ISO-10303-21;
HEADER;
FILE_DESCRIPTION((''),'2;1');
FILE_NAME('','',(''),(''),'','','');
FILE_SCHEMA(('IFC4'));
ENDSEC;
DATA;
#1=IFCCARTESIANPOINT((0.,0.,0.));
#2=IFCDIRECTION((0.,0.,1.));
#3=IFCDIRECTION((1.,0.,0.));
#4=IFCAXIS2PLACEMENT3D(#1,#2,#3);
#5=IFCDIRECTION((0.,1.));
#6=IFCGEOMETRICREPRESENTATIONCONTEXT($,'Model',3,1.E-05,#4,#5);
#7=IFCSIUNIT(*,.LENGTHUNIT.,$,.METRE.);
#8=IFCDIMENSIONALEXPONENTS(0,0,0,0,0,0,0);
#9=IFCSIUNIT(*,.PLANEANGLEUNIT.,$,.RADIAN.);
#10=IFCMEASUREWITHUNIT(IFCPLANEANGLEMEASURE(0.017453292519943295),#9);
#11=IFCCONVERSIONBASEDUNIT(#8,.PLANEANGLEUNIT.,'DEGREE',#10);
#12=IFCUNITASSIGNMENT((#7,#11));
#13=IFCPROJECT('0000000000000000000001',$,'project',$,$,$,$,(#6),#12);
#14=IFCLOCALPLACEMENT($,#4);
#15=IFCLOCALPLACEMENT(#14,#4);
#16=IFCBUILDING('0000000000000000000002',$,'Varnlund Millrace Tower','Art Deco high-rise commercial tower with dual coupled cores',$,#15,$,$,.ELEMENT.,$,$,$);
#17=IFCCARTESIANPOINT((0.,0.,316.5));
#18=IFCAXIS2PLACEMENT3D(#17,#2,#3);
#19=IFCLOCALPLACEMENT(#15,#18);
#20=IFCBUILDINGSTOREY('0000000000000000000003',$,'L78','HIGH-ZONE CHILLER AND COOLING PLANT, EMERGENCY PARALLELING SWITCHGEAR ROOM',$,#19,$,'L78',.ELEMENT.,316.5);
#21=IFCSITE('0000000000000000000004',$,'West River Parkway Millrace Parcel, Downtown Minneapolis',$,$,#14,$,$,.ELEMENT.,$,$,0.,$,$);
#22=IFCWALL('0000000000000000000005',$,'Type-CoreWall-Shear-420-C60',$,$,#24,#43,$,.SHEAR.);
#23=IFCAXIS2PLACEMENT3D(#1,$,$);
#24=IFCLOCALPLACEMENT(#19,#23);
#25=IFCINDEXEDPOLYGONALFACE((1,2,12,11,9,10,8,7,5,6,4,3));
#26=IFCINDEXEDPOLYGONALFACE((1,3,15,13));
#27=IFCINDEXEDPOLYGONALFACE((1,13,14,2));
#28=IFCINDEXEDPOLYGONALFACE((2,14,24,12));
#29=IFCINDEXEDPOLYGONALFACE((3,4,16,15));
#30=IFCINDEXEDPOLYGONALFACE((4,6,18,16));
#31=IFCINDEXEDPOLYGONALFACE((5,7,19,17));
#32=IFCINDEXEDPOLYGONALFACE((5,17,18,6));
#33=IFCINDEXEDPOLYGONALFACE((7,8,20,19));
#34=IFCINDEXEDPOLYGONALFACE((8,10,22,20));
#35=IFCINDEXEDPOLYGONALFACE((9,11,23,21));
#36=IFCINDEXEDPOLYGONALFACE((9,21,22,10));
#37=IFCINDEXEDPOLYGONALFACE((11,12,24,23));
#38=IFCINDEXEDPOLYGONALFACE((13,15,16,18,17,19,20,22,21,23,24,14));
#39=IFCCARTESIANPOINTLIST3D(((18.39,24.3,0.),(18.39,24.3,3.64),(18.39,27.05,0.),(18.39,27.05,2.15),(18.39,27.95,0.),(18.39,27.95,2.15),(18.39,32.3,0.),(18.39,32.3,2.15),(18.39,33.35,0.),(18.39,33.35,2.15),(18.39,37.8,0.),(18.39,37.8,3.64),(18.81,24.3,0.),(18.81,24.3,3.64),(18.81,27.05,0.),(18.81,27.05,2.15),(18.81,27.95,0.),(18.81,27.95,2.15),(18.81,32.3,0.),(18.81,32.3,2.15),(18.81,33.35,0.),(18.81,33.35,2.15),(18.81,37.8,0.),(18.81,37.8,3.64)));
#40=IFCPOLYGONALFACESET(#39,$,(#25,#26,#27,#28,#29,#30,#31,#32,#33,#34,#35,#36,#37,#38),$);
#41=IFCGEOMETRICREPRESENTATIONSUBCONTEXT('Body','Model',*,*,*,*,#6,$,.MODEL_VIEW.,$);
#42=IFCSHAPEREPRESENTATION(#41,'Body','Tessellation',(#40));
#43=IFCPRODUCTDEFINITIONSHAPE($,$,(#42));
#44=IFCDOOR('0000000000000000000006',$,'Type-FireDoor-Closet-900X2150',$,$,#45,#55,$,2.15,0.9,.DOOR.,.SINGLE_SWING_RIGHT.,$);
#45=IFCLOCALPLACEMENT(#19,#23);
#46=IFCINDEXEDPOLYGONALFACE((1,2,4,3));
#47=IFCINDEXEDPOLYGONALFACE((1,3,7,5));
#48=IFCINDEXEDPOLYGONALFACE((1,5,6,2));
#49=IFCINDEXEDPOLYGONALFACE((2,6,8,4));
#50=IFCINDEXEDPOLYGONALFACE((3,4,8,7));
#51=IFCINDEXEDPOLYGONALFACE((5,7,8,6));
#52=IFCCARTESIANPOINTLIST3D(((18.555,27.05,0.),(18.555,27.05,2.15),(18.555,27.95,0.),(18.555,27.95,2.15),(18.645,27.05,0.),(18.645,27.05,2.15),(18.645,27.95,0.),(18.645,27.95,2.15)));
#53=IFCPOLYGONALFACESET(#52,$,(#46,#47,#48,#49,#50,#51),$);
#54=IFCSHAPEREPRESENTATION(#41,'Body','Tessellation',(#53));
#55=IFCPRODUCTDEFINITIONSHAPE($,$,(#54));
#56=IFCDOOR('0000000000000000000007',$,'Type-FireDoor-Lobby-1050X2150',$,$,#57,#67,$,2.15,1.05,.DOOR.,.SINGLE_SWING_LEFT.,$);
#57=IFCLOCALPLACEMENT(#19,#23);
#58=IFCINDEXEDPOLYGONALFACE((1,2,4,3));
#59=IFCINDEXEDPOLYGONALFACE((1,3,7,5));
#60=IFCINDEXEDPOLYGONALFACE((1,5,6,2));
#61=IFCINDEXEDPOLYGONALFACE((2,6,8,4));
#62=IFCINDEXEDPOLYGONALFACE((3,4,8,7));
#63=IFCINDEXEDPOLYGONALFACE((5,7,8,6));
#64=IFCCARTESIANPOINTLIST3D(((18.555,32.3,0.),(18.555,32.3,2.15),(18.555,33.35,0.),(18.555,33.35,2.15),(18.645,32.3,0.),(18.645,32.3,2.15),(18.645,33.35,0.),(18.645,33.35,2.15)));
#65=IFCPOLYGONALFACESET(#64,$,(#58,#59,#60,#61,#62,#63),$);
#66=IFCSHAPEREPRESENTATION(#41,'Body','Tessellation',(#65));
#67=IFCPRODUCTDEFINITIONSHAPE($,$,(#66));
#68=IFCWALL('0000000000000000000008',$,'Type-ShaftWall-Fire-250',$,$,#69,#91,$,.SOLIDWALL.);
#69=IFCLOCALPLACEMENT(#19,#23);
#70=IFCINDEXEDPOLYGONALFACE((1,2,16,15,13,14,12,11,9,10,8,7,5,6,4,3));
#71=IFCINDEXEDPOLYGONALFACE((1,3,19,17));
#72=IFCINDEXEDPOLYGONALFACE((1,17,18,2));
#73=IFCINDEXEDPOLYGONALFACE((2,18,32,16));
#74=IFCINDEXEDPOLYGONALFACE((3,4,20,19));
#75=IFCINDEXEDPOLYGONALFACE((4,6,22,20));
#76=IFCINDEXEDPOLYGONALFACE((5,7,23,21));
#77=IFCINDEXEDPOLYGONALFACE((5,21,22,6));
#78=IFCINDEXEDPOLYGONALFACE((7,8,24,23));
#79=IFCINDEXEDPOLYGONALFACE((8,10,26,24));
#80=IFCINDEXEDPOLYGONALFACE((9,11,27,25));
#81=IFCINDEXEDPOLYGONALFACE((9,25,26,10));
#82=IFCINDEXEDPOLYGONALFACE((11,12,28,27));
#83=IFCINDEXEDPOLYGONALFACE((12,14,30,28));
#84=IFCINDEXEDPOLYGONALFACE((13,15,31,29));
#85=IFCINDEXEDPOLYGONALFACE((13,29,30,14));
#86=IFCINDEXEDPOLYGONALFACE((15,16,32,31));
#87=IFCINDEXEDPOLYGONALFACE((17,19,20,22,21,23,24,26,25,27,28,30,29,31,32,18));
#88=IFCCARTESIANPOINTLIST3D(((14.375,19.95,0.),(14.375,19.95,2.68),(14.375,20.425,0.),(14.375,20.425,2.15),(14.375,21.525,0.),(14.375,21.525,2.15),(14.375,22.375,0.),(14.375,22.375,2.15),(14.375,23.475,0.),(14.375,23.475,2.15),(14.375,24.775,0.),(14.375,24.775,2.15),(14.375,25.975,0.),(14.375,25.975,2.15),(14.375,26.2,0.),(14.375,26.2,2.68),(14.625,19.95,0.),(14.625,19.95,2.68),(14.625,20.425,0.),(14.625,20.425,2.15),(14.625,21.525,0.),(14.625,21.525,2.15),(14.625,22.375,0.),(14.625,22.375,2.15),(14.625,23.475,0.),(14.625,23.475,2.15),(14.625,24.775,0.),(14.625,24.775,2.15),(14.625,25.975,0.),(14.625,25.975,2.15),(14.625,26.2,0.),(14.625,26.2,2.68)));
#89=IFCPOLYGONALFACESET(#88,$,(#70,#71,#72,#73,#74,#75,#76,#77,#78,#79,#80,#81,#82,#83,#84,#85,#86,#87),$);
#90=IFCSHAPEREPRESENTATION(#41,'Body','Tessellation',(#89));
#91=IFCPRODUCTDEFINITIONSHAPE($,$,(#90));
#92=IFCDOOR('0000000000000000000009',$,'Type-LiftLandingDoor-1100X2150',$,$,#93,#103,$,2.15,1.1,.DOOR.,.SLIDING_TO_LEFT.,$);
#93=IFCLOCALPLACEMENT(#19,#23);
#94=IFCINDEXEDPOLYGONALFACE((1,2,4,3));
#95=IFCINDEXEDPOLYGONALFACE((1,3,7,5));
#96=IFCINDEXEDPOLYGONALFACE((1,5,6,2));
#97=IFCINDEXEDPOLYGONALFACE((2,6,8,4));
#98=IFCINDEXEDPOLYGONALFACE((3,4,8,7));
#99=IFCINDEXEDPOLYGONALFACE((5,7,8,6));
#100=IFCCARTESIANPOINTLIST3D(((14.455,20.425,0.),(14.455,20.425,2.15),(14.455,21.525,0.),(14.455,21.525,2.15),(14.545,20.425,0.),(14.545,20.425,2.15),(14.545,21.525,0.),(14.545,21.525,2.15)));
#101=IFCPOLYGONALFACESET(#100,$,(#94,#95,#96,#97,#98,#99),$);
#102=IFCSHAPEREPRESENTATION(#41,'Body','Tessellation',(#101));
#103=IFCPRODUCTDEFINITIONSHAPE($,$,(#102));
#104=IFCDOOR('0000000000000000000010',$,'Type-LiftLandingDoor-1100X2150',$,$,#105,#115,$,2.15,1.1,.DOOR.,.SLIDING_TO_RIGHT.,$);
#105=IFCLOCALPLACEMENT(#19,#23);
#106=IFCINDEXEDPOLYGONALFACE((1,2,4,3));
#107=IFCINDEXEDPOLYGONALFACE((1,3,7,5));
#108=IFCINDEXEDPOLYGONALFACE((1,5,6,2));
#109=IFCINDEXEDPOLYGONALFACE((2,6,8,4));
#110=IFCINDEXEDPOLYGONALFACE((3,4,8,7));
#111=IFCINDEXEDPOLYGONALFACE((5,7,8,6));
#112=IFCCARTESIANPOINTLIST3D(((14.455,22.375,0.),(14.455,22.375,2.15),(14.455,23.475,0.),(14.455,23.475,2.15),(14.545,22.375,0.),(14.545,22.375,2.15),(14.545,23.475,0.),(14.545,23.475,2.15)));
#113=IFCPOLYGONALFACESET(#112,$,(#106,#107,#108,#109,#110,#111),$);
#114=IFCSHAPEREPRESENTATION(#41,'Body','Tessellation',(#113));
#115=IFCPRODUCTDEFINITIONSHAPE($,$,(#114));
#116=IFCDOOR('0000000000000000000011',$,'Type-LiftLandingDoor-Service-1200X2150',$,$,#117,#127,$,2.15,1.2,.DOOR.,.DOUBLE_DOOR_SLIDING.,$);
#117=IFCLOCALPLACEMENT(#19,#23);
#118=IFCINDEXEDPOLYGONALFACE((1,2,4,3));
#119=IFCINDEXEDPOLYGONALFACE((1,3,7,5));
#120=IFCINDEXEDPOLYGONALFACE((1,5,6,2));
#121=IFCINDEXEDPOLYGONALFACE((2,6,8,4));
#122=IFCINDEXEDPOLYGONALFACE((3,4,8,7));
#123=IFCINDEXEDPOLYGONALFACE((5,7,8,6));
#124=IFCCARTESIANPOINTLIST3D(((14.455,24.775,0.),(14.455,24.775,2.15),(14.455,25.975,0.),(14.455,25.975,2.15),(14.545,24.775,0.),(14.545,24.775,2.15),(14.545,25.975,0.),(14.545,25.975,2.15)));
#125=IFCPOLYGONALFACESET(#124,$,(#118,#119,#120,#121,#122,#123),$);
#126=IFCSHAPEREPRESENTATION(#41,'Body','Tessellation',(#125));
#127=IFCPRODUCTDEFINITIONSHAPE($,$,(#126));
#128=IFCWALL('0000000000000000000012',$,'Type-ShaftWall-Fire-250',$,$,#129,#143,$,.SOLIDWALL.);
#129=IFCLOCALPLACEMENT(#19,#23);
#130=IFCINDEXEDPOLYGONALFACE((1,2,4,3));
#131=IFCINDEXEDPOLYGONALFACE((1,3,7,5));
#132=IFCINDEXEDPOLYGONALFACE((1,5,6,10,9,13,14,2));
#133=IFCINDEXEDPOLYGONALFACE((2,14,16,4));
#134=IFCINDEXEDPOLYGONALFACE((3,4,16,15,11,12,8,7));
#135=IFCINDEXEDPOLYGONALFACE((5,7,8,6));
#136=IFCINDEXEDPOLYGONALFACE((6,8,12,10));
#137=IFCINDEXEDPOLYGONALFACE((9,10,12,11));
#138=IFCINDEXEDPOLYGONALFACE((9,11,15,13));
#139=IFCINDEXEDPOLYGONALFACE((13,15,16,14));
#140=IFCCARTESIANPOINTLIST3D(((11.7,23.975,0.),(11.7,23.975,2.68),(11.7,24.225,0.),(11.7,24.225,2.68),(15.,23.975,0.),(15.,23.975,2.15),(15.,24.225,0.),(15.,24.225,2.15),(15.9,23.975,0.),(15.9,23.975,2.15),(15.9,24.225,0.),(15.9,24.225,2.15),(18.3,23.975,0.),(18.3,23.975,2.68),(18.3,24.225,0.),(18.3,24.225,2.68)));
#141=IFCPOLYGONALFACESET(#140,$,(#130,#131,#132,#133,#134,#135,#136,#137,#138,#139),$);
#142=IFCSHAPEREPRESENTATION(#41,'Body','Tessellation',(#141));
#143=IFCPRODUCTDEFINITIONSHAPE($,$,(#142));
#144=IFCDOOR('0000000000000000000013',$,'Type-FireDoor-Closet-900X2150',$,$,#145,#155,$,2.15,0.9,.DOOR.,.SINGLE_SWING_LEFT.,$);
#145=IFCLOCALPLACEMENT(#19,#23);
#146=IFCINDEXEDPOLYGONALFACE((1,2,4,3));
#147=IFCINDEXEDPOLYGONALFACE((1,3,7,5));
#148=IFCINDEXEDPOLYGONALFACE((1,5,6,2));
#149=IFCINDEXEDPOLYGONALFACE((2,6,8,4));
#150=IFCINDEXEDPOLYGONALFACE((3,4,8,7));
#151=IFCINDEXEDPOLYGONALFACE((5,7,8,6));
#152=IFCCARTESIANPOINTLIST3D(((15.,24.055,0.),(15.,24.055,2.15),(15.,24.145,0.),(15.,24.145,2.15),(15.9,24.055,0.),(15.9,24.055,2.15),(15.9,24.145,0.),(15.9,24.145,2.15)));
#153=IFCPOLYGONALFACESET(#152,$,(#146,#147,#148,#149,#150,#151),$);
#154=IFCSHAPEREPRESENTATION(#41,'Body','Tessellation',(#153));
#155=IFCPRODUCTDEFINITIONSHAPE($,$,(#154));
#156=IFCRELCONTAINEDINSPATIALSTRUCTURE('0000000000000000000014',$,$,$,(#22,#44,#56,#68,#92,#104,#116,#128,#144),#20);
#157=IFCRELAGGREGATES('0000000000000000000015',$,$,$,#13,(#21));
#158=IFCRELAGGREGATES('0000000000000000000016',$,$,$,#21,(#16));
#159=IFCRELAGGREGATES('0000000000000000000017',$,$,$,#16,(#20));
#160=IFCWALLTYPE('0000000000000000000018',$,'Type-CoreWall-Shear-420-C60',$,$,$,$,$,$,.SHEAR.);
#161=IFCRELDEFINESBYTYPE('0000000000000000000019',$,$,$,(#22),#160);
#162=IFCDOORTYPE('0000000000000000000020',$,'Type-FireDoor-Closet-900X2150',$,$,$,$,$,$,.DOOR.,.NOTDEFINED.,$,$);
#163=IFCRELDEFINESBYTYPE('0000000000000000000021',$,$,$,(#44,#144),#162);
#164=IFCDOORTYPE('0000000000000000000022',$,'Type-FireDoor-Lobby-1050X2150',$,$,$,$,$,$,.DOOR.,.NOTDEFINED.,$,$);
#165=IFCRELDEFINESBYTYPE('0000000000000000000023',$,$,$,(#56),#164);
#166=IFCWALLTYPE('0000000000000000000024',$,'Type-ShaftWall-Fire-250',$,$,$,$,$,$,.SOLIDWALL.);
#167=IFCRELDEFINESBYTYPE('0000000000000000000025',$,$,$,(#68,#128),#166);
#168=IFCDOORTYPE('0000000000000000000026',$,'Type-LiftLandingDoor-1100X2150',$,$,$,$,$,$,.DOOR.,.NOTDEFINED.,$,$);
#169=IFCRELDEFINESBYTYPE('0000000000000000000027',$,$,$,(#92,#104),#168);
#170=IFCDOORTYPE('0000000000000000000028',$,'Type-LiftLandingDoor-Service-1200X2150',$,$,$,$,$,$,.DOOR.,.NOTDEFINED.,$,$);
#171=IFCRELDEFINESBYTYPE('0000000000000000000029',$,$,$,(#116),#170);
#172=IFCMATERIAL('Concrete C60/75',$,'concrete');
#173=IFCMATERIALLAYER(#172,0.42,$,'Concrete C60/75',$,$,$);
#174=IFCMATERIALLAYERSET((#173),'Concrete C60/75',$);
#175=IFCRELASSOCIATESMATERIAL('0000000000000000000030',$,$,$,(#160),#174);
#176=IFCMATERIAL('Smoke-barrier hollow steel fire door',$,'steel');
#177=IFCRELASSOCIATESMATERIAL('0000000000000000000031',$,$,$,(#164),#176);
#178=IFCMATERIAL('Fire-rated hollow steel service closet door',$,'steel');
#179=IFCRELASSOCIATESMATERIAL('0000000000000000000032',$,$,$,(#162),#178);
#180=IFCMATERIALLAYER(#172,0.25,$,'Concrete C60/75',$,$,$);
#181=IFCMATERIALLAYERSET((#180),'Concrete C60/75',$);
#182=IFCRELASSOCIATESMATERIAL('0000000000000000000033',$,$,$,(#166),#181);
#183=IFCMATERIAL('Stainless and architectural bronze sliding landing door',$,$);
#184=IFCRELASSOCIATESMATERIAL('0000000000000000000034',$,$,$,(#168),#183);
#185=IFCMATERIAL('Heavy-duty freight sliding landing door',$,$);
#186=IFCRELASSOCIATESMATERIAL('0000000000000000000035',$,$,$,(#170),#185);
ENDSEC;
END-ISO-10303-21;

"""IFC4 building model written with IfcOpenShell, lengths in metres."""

from ifc_helpers import new_model, entity, si_unit, converted_unit, direction, frame, origin_with_axes, origin_2d_with_axis, place, context, subcontext, project, spatial, polyline, rectangle, outline, extrude, material, layer, layer_set, type_object, element, fill, save


model = new_model("IFC4")

# Units and contexts
model_context = context("Model", 3, precision=1e-05, world=origin_with_axes(), true_north=direction((0.0, 1.0)))
body_context = subcontext(model_context, "Body", "Model", "MODEL_VIEW")
ifc_project = project(units=[si_unit("LENGTHUNIT", "METRE"), converted_unit("PLANEANGLEUNIT", "DEGREE", entity("IfcPlaneAngleMeasure", 0.017453292519943295), si_unit("PLANEANGLEUNIT", "RADIAN"), dimensions=[0, 0, 0, 0, 0, 0, 0])], contexts=[model_context])

# Site, building, storey
site_placement = place(None, origin_with_axes())
site = spatial("IfcSite", under=ifc_project, at=site_placement, Name="West River Parkway Millrace Parcel, Downtown Minneapolis", CompositionType="ELEMENT", RefElevation=0.0)
building_placement = place(site_placement, origin_with_axes())
building = spatial("IfcBuilding", under=site, at=building_placement, Name="Varnlund Millrace Tower", Description="Art Deco high-rise commercial tower with dual coupled cores", CompositionType="ELEMENT")
storey_placement = place(building_placement, frame((0.0, 0.0, 316.5), z_axis=(0.0, 0.0, 1.0), x_axis=(1.0, 0.0, 0.0)))
storey = spatial("IfcBuildingStorey", under=building, at=storey_placement, Name="L78", Description="HIGH-ZONE CHILLER AND COOLING PLANT, EMERGENCY PARALLELING SWITCHGEAR ROOM", LongName="L78", CompositionType="ELEMENT", Elevation=316.5)

# Shared definitions
ifc_material_1 = material(Name="Concrete C60/75", Category="concrete")

# Shared definitions
ifc_layer_1 = layer(ifc_material_1, 0.42, Name="Concrete C60/75")
ifc_layer_set_1 = layer_set([ifc_layer_1], Name="Concrete C60/75")
wall_type_1 = type_object("IfcWallType", Name="Type-CoreWall-Shear-420-C60", PredefinedType="SHEAR", material=ifc_layer_set_1)

# Walls, openings, doors
ifc_material_2 = material(Name="Smoke-barrier hollow steel fire door", Category="steel")
door_type_1 = type_object("IfcDoorType", Name="Type-FireDoor-Lobby-1050X2150", OperationType="NOTDEFINED", PredefinedType="DOOR", material=ifc_material_2)
wall_1_placement = place(storey_placement, frame((18.6, 24.3, 0.0), z_axis=(0.0, 0.0, 1.0), x_axis=(0.0, 1.0, 0.0)))
wall_1 = element("IfcWall", 1, at=wall_1_placement, inside=storey, type_object=wall_type_1, Name="Type-CoreWall-Shear-420-C60", PredefinedType="SHEAR", context=body_context, shape_type="SweptSolid", body=[
    extrude(outline(polyline([(0.0, -0.21), (13.5, -0.21), (13.5, 0.21), (0.0, 0.21), (0.0, -0.21)])), origin_with_axes(), (0.0, 0.0, 1.0), 3.64),
])
opening_1_placement = place(wall_1_placement, frame((3.2, 0.0, 0.0), z_axis=(0.0, 0.0, 1.0), x_axis=(1.0, 0.0, 0.0)))
opening_1 = element("IfcOpeningElement", 2, at=opening_1_placement, cuts=wall_1, PredefinedType="OPENING", context=body_context, shape_type="SweptSolid", body=[
    extrude(rectangle(XDim=0.9, YDim=0.44, at=origin_2d_with_axis()), origin_with_axes(), (0.0, 0.0, 1.0), 2.15),
])
opening_2_placement = place(wall_1_placement, frame((8.525, 0.0, 0.0), z_axis=(0.0, 0.0, 1.0), x_axis=(1.0, 0.0, 0.0)))
opening_2 = element("IfcOpeningElement", 3, at=opening_2_placement, cuts=wall_1, PredefinedType="OPENING", context=body_context, shape_type="SweptSolid", body=[
    extrude(rectangle(XDim=1.05, YDim=0.44, at=origin_2d_with_axis()), origin_with_axes(), (0.0, 0.0, 1.0), 2.15),
])
ifc_material_3 = material(Name="Fire-rated hollow steel service closet door", Category="steel")
door_type_2 = type_object("IfcDoorType", Name="Type-FireDoor-Closet-900X2150", OperationType="NOTDEFINED", PredefinedType="DOOR", material=ifc_material_3)
door_1_placement = place(wall_1_placement, frame((3.2, 0.0, 0.0), z_axis=(0.0, 0.0, 1.0), x_axis=(1.0, 0.0, 0.0)))
door_1 = element("IfcDoor", 4, at=door_1_placement, inside=storey, type_object=door_type_2, Name="Type-FireDoor-Closet-900X2150", OperationType="SINGLE_SWING_RIGHT", OverallHeight=2.15, OverallWidth=0.9, PredefinedType="DOOR", context=body_context, shape_type="SweptSolid", body=[
    extrude(rectangle(XDim=0.9, YDim=0.09, at=origin_2d_with_axis()), origin_with_axes(), (0.0, 0.0, 1.0), 2.15),
])
fill(opening_1, door_1)
door_2_placement = place(wall_1_placement, frame((8.525, 0.0, 0.0), z_axis=(0.0, 0.0, 1.0), x_axis=(1.0, 0.0, 0.0)))
door_2 = element("IfcDoor", 5, at=door_2_placement, inside=storey, type_object=door_type_1, Name="Type-FireDoor-Lobby-1050X2150", OperationType="SINGLE_SWING_LEFT", OverallHeight=2.15, OverallWidth=1.05, PredefinedType="DOOR", context=body_context, shape_type="SweptSolid", body=[
    extrude(rectangle(XDim=1.05, YDim=0.09, at=origin_2d_with_axis()), origin_with_axes(), (0.0, 0.0, 1.0), 2.15),
])
fill(opening_2, door_2)
ifc_layer_2 = layer(ifc_material_1, 0.25, Name="Concrete C60/75")
ifc_layer_set_2 = layer_set([ifc_layer_2], Name="Concrete C60/75")
wall_type_2 = type_object("IfcWallType", Name="Type-ShaftWall-Fire-250", PredefinedType="SOLIDWALL", material=ifc_layer_set_2)
wall_2_placement = place(storey_placement, frame((14.5, 19.95, 0.0), z_axis=(0.0, 0.0, 1.0), x_axis=(0.0, 1.0, 0.0)))
wall_2 = element("IfcWall", 6, at=wall_2_placement, inside=storey, type_object=wall_type_2, Name="Type-ShaftWall-Fire-250", PredefinedType="SOLIDWALL", context=body_context, shape_type="SweptSolid", body=[
    extrude(outline(polyline([(0.0, -0.125), (6.25, -0.125), (6.25, 0.125), (0.0, 0.125), (0.0, -0.125)])), origin_with_axes(), (0.0, 0.0, 1.0), 2.68),
])
opening_3_placement = place(wall_2_placement, frame((1.025, 0.0, 0.0), z_axis=(0.0, 0.0, 1.0), x_axis=(1.0, 0.0, 0.0)))
opening_3 = element("IfcOpeningElement", 7, at=opening_3_placement, cuts=wall_2, PredefinedType="OPENING", context=body_context, shape_type="SweptSolid", body=[
    extrude(rectangle(XDim=1.1, YDim=0.27, at=origin_2d_with_axis()), origin_with_axes(), (0.0, 0.0, 1.0), 2.15),
])
opening_4_placement = place(wall_2_placement, frame((2.975, 0.0, 0.0), z_axis=(0.0, 0.0, 1.0), x_axis=(1.0, 0.0, 0.0)))
opening_4 = element("IfcOpeningElement", 8, at=opening_4_placement, cuts=wall_2, PredefinedType="OPENING", context=body_context, shape_type="SweptSolid", body=[
    extrude(rectangle(XDim=1.1, YDim=0.27, at=origin_2d_with_axis()), origin_with_axes(), (0.0, 0.0, 1.0), 2.15),
])
opening_5_placement = place(wall_2_placement, frame((5.425, 0.0, 0.0), z_axis=(0.0, 0.0, 1.0), x_axis=(1.0, 0.0, 0.0)))
opening_5 = element("IfcOpeningElement", 9, at=opening_5_placement, cuts=wall_2, PredefinedType="OPENING", context=body_context, shape_type="SweptSolid", body=[
    extrude(rectangle(XDim=1.2, YDim=0.27, at=origin_2d_with_axis()), origin_with_axes(), (0.0, 0.0, 1.0), 2.15),
])
ifc_material_4 = material(Name="Stainless and architectural bronze sliding landing door")
door_type_3 = type_object("IfcDoorType", Name="Type-LiftLandingDoor-1100X2150", OperationType="NOTDEFINED", PredefinedType="DOOR", material=ifc_material_4)
door_3_placement = place(wall_2_placement, frame((1.025, 0.0, 0.0), z_axis=(0.0, 0.0, 1.0), x_axis=(1.0, 0.0, 0.0)))
door_3 = element("IfcDoor", 10, at=door_3_placement, inside=storey, type_object=door_type_3, Name="Type-LiftLandingDoor-1100X2150", OperationType="SLIDING_TO_LEFT", OverallHeight=2.15, OverallWidth=1.1, PredefinedType="DOOR", context=body_context, shape_type="SweptSolid", body=[
    extrude(rectangle(XDim=1.1, YDim=0.09, at=origin_2d_with_axis()), origin_with_axes(), (0.0, 0.0, 1.0), 2.15),
])
fill(opening_3, door_3)
door_4_placement = place(wall_2_placement, frame((2.975, 0.0, 0.0), z_axis=(0.0, 0.0, 1.0), x_axis=(1.0, 0.0, 0.0)))
door_4 = element("IfcDoor", 11, at=door_4_placement, inside=storey, type_object=door_type_3, Name="Type-LiftLandingDoor-1100X2150", OperationType="SLIDING_TO_RIGHT", OverallHeight=2.15, OverallWidth=1.1, PredefinedType="DOOR", context=body_context, shape_type="SweptSolid", body=[
    extrude(rectangle(XDim=1.1, YDim=0.09, at=origin_2d_with_axis()), origin_with_axes(), (0.0, 0.0, 1.0), 2.15),
])
fill(opening_4, door_4)
ifc_material_5 = material(Name="Heavy-duty freight sliding landing door")
door_type_4 = type_object("IfcDoorType", Name="Type-LiftLandingDoor-Service-1200X2150", OperationType="NOTDEFINED", PredefinedType="DOOR", material=ifc_material_5)
door_5_placement = place(wall_2_placement, frame((5.425, 0.0, 0.0), z_axis=(0.0, 0.0, 1.0), x_axis=(1.0, 0.0, 0.0)))
door_5 = element("IfcDoor", 12, at=door_5_placement, inside=storey, type_object=door_type_4, Name="Type-LiftLandingDoor-Service-1200X2150", OperationType="DOUBLE_DOOR_SLIDING", OverallHeight=2.15, OverallWidth=1.2, PredefinedType="DOOR", context=body_context, shape_type="SweptSolid", body=[
    extrude(rectangle(XDim=1.2, YDim=0.09, at=origin_2d_with_axis()), origin_with_axes(), (0.0, 0.0, 1.0), 2.15),
])
fill(opening_5, door_5)

# Wall, opening, door
wall_3_placement = place(storey_placement, frame((11.7, 24.1, 0.0), z_axis=(0.0, 0.0, 1.0), x_axis=(1.0, 0.0, 0.0)))
wall_3 = element("IfcWall", 13, at=wall_3_placement, inside=storey, type_object=wall_type_2, Name="Type-ShaftWall-Fire-250", PredefinedType="SOLIDWALL", context=body_context, shape_type="SweptSolid", body=[
    extrude(outline(polyline([(0.0, -0.125), (6.6, -0.125), (6.6, 0.125), (0.0, 0.125), (0.0, -0.125)])), origin_with_axes(), (0.0, 0.0, 1.0), 2.68),
])
opening_6_placement = place(wall_3_placement, frame((3.75, 0.0, 0.0), z_axis=(0.0, 0.0, 1.0), x_axis=(1.0, 0.0, 0.0)))
opening_6 = element("IfcOpeningElement", 14, at=opening_6_placement, cuts=wall_3, PredefinedType="OPENING", context=body_context, shape_type="SweptSolid", body=[
    extrude(rectangle(XDim=0.9, YDim=0.27, at=origin_2d_with_axis()), origin_with_axes(), (0.0, 0.0, 1.0), 2.15),
])
door_6_placement = place(wall_3_placement, frame((3.75, 0.0, 0.0), z_axis=(0.0, 0.0, 1.0), x_axis=(1.0, 0.0, 0.0)))
door_6 = element("IfcDoor", 15, at=door_6_placement, inside=storey, type_object=door_type_2, Name="Type-FireDoor-Closet-900X2150", OperationType="SINGLE_SWING_LEFT", OverallHeight=2.15, OverallWidth=0.9, PredefinedType="DOOR", context=body_context, shape_type="SweptSolid", body=[
    extrude(rectangle(XDim=0.9, YDim=0.09, at=origin_2d_with_axis()), origin_with_axes(), (0.0, 0.0, 1.0), 2.15),
])
fill(opening_6, door_6)

save(model, "model.ifc")
